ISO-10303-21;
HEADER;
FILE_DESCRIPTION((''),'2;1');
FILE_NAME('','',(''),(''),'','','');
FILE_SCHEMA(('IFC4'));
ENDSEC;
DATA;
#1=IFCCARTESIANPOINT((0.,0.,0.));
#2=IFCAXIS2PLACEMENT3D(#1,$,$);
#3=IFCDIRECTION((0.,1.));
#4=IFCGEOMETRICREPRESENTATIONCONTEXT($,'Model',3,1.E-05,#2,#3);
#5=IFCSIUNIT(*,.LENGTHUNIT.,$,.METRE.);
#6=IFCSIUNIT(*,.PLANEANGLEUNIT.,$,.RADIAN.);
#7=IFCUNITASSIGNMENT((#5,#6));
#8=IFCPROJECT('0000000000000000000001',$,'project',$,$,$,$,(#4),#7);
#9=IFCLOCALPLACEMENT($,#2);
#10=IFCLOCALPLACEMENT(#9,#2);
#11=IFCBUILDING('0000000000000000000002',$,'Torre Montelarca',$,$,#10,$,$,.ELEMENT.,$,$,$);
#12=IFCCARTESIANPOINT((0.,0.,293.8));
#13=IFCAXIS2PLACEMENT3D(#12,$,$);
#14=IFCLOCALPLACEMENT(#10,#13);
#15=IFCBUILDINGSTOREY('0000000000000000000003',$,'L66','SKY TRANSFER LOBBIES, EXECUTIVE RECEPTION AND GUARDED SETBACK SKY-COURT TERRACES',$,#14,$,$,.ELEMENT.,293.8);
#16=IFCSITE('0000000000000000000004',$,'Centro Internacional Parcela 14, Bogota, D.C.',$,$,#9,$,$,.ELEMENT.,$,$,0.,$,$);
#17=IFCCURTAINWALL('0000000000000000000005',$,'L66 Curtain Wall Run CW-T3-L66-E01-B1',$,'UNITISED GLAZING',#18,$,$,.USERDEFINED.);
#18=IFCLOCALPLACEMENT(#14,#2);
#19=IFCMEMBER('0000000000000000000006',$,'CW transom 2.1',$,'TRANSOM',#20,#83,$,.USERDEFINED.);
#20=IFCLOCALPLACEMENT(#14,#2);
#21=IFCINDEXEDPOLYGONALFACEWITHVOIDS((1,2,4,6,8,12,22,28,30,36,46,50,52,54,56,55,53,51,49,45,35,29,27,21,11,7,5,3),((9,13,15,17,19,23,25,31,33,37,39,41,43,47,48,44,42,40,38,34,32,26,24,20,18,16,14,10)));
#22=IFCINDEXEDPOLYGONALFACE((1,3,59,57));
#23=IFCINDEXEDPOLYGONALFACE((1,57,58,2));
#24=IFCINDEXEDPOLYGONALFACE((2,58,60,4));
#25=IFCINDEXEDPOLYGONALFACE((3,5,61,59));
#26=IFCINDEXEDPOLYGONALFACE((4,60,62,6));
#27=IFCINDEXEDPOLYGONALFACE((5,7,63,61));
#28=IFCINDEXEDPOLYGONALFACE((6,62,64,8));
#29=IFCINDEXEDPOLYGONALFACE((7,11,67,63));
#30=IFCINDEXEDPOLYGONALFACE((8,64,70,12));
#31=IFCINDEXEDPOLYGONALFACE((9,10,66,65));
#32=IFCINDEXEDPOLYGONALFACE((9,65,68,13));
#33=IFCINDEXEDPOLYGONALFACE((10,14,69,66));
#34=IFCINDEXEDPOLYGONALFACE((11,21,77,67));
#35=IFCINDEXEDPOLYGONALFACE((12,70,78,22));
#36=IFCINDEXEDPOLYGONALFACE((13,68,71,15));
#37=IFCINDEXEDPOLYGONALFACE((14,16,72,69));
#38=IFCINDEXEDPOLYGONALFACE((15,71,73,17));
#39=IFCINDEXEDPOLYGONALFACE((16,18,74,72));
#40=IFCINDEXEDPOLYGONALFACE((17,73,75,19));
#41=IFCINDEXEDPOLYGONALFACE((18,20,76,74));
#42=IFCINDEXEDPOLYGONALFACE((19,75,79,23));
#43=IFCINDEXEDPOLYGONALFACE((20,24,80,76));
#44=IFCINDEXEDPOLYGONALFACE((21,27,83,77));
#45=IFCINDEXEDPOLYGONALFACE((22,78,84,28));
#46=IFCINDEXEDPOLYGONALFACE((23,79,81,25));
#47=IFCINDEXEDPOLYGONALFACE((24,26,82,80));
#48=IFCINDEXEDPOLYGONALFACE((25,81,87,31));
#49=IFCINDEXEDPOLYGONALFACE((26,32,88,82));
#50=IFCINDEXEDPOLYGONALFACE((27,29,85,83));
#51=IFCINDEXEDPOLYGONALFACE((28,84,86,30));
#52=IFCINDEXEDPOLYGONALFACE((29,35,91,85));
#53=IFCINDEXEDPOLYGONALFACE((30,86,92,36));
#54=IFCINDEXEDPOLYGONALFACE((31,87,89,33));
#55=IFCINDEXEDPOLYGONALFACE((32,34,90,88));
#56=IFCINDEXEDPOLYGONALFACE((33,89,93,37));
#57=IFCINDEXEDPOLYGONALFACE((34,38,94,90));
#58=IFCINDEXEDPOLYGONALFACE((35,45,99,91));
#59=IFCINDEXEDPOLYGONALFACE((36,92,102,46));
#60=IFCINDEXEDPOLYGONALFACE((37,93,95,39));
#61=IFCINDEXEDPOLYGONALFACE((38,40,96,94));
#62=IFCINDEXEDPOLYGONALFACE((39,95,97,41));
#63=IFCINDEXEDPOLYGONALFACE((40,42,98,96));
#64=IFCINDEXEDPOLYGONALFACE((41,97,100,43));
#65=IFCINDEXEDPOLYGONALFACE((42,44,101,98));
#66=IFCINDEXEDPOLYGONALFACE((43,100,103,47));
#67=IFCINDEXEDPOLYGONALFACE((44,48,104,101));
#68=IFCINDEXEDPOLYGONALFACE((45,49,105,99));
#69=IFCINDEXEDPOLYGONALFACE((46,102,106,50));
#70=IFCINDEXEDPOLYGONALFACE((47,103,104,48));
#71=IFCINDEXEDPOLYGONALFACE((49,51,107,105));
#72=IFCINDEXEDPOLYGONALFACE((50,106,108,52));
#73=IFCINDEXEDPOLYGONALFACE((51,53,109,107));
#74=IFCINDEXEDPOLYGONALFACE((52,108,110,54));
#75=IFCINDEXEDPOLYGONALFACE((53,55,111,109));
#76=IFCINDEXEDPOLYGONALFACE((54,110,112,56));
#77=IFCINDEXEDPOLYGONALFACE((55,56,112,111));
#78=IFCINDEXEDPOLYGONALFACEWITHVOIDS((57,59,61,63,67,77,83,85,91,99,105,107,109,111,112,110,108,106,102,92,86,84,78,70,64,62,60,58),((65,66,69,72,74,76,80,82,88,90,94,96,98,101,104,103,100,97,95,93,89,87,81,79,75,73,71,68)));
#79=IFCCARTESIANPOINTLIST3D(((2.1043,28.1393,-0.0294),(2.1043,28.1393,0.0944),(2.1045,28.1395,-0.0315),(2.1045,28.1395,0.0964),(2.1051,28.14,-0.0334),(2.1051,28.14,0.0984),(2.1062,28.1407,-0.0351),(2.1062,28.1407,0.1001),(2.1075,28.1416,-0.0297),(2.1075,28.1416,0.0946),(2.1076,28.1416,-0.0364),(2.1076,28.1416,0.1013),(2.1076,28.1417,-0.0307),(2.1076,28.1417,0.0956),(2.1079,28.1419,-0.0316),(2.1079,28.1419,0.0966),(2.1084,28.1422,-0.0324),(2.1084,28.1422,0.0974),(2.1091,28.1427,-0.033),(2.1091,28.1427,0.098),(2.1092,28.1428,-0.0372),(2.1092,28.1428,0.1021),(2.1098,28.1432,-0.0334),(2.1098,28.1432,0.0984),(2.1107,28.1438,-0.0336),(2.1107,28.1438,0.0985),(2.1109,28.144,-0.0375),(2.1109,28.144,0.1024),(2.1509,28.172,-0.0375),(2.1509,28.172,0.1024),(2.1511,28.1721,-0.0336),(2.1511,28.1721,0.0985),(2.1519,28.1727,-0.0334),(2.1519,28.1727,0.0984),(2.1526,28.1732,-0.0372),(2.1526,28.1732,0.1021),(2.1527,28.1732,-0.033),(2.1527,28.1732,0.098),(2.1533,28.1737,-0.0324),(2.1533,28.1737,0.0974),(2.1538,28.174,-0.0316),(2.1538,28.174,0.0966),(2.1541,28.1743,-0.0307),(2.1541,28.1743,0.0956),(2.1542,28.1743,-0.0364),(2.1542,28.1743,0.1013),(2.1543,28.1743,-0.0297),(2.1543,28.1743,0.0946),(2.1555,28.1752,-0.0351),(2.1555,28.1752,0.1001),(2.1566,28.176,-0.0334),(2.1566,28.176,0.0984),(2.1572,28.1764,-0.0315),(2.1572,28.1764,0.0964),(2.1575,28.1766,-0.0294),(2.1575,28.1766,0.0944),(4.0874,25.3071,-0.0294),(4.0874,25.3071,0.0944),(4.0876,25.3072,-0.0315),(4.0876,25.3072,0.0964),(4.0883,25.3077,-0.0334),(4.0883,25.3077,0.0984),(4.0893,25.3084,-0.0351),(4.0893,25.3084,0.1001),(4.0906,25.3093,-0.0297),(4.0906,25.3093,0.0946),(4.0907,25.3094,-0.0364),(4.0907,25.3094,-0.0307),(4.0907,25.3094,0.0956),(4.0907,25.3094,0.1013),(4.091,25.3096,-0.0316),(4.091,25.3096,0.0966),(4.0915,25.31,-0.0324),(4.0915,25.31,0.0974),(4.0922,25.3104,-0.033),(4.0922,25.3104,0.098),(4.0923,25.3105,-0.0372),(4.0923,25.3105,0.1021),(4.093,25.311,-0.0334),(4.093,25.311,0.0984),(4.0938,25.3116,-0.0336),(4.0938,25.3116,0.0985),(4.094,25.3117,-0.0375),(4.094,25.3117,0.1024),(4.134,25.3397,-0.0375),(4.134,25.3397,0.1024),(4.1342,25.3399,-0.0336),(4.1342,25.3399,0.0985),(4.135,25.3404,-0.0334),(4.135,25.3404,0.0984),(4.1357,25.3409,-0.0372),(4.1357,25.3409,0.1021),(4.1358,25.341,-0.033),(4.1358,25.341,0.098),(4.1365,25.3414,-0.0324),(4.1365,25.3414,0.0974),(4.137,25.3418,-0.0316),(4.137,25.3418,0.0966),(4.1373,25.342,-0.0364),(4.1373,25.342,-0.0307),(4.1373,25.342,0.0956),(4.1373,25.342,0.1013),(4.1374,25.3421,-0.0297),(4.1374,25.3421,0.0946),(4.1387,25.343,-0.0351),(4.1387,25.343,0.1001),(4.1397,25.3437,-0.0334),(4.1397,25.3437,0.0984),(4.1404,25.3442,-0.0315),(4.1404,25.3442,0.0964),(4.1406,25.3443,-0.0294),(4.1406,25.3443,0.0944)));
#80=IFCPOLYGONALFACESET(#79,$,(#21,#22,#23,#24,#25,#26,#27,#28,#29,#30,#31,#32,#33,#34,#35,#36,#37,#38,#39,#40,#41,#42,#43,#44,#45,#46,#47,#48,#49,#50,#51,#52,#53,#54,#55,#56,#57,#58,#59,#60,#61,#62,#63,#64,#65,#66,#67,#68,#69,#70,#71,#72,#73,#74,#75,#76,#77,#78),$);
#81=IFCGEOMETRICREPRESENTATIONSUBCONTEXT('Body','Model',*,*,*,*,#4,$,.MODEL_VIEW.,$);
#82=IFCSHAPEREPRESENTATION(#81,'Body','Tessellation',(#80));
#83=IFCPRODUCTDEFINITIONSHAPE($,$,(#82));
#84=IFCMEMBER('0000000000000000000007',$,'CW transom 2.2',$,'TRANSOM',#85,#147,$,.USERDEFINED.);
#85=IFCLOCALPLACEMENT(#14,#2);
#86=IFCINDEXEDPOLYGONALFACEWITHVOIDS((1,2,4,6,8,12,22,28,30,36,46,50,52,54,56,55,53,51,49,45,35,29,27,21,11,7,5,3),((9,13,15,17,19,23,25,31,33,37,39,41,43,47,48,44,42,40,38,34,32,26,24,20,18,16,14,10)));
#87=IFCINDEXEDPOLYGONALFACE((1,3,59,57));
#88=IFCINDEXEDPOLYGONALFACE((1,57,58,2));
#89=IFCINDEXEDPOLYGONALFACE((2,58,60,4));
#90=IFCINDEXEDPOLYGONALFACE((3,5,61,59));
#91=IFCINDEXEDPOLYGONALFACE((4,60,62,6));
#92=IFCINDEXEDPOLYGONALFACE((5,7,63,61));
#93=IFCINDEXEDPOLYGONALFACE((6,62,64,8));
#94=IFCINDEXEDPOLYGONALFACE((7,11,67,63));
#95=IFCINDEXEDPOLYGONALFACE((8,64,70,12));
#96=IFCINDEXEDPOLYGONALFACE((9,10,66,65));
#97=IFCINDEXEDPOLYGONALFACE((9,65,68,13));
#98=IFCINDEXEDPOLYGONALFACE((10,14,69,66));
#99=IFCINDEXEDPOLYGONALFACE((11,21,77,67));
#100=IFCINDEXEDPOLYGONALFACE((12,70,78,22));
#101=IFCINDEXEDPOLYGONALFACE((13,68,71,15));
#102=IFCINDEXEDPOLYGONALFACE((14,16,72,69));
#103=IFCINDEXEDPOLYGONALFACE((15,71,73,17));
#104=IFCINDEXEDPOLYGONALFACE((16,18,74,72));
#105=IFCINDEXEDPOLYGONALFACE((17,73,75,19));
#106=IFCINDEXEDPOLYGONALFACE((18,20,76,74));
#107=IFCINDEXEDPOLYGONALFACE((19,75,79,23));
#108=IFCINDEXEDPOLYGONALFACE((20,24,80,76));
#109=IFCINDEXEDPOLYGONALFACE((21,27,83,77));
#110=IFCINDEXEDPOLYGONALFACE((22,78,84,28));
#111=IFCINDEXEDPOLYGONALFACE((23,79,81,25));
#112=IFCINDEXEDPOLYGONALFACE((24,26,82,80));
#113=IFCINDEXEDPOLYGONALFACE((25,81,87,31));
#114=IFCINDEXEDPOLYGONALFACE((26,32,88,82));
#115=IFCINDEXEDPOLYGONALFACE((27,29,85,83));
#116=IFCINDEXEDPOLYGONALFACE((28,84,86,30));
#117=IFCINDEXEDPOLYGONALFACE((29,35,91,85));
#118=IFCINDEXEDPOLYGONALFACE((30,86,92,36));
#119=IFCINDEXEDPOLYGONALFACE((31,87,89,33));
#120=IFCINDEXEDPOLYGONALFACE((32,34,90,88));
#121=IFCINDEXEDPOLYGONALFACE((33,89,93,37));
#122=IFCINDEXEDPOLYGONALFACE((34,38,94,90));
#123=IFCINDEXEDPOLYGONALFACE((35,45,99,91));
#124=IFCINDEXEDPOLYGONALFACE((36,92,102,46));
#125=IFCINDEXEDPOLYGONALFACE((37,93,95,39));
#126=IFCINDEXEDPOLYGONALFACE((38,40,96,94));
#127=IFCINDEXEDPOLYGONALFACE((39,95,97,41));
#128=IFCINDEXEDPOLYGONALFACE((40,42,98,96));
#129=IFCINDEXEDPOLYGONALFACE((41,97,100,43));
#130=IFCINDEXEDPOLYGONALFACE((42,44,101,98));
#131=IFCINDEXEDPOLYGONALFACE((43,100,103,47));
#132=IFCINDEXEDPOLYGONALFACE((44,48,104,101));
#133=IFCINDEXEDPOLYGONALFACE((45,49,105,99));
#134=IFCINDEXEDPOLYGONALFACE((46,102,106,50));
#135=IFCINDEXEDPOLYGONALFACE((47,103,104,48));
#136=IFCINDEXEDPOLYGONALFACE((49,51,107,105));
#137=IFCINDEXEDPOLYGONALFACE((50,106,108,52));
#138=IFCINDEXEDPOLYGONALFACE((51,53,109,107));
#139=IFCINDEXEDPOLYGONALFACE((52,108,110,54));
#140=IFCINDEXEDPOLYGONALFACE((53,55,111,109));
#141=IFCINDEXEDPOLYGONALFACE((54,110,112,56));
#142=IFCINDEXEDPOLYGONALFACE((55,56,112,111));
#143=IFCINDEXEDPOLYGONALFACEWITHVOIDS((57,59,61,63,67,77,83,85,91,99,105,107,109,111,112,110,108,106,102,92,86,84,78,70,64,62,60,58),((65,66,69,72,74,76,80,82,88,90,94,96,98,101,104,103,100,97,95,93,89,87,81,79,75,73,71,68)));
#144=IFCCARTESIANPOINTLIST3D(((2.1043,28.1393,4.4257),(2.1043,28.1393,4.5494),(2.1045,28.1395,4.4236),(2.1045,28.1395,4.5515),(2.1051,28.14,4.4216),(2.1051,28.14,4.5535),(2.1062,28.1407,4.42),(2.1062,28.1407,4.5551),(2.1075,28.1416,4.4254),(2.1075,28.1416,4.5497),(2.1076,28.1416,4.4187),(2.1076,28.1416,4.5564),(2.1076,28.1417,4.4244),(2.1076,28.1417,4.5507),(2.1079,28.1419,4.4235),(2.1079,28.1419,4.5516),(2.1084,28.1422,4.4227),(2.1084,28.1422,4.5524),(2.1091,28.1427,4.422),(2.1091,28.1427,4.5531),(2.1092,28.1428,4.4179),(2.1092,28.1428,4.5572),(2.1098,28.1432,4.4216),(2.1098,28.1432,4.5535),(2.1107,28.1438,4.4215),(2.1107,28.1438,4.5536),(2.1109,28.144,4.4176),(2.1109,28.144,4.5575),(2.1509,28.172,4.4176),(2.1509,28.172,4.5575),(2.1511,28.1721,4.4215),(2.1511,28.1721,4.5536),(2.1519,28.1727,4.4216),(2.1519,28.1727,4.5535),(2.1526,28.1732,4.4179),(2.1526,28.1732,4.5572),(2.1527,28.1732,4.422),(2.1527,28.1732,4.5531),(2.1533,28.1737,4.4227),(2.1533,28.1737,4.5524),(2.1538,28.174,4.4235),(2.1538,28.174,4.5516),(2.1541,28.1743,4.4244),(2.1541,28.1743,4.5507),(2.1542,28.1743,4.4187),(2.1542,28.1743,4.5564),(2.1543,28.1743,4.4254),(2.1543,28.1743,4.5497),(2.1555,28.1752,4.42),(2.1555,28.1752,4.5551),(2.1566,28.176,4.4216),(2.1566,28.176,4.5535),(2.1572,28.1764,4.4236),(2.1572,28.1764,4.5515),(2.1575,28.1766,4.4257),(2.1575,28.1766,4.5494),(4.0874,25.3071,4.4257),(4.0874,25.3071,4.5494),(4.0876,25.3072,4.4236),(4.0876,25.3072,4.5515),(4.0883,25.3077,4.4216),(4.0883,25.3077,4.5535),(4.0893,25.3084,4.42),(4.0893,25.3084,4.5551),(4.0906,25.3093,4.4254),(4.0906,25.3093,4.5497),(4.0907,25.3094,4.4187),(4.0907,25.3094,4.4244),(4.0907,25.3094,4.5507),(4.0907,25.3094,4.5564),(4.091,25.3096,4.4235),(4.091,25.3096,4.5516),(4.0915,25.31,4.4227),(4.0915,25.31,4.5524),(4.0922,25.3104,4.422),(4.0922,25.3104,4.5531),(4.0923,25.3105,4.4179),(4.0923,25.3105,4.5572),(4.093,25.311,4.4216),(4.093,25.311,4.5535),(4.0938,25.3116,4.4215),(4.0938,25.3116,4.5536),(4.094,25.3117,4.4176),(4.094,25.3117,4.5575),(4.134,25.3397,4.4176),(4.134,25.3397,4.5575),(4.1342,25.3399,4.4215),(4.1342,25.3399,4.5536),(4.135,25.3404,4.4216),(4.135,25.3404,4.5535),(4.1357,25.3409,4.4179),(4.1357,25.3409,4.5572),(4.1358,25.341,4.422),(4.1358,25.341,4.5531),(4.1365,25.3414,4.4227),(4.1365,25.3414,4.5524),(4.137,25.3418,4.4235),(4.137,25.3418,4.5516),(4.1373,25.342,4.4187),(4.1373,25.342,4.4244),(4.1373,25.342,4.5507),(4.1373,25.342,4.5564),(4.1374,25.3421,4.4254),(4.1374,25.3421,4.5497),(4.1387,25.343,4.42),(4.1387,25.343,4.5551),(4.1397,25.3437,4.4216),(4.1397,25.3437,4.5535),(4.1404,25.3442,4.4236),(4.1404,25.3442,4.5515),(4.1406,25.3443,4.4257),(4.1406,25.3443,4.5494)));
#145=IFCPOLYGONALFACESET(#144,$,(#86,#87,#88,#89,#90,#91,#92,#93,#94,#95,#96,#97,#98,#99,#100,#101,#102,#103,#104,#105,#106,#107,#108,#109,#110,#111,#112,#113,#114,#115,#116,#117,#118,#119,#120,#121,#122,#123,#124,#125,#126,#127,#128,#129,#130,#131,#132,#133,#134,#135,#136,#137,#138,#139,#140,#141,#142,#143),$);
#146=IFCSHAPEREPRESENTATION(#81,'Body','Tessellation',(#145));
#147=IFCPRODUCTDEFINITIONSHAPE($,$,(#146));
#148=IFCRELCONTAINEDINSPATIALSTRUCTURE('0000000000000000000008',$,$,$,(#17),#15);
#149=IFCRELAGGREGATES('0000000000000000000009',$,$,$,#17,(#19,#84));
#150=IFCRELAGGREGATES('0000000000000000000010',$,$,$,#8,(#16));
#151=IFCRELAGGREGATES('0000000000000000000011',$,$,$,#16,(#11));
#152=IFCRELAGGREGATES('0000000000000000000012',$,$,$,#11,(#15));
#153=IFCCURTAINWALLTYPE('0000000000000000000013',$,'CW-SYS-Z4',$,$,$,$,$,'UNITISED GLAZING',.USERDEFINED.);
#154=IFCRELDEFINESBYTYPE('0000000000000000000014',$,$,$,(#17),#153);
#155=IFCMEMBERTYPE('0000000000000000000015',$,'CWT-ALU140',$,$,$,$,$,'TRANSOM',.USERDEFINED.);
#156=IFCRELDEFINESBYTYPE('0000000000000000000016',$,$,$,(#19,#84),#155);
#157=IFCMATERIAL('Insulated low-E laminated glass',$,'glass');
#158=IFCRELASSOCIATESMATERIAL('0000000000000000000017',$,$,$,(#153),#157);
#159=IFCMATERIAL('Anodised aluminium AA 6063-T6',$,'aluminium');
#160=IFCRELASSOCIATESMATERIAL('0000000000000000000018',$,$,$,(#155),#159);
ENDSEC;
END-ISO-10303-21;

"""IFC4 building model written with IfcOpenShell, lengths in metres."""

from ifc_helpers import new_model, si_unit, direction, frame, origin, origin_2d, place, context, subcontext, project, spatial, hollow_rectangle, extrude, source, transform, mapped, material, material_profile, profile_set, type_object, element, aggregate, save


model = new_model("IFC4")

# Units and contexts
model_context = context("Model", 3, precision=1e-05, world=origin(), true_north=direction((0.0, 1.0)))
body_context = subcontext(model_context, "Body", "Model", "MODEL_VIEW")
ifc_project = project(units=[si_unit("LENGTHUNIT", "METRE"), si_unit("PLANEANGLEUNIT", "RADIAN")], contexts=[model_context])

# Site, building, storey
site_placement = place(None, origin())
site = spatial("IfcSite", under=ifc_project, at=site_placement, Name="Centro Internacional Parcela 14, Bogota, D.C.", CompositionType="ELEMENT", RefElevation=0.0)
building_placement = place(site_placement, origin())
building = spatial("IfcBuilding", under=site, at=building_placement, Name="Torre Montelarca", CompositionType="ELEMENT")
storey_placement = place(building_placement, frame((0.0, 0.0, 293.8)))
storey = spatial("IfcBuildingStorey", under=building, at=storey_placement, Name="L66", Description="SKY TRANSFER LOBBIES, EXECUTIVE RECEPTION AND GUARDED SETBACK SKY-COURT TERRACES", CompositionType="ELEMENT", Elevation=293.8)

# Curtain wall
ifc_material_1 = material(Name="Insulated low-E laminated glass", Category="glass")
curtain_wall_type = type_object("IfcCurtainWallType", Name="CW-SYS-Z4", ElementType="UNITISED GLAZING", PredefinedType="USERDEFINED", material=ifc_material_1)
curtain_wall_1_placement = place(storey_placement, origin())
curtain_wall_1 = element("IfcCurtainWall", 1, at=curtain_wall_1_placement, inside=storey, type_object=curtain_wall_type, Name="L66 Curtain Wall Run CW-T3-L66-E01-B1", ObjectType="UNITISED GLAZING", PredefinedType="USERDEFINED")
ifc_material_2 = material(Name="Anodised aluminium AA 6063-T6", Category="aluminium")

# Members
ifc_material_profile_1 = material_profile(ifc_material_2, hollow_rectangle(XDim=0.0649, YDim=0.1399, WallThickness=0.0039, InnerFilletRadius=0.0039, OuterFilletRadius=0.0081, at=origin_2d()), Name="ALU65X140X4", Category="aluminium")
ifc_profile_set_1 = profile_set([ifc_material_profile_1], Name="Anodised aluminium AA 6063-T6")
member_type_1 = type_object("IfcMemberType", Name="CWT-ALU140", ElementType="TRANSOM", PredefinedType="USERDEFINED", material=ifc_profile_set_1)
shared_shape_1 = source(origin(), body_context, "Body", "SweptSolid", [
    extrude(hollow_rectangle(XDim=0.0649, YDim=0.1399, WallThickness=0.0039, InnerFilletRadius=0.0039, OuterFilletRadius=0.0081, at=origin_2d()), origin(), (0.0, 0.0, 1.0), 3.4575),
])
member_1_placement = place(storey_placement, frame((2.1309, 28.158, 0.0325), z_axis=(0.573571, -0.819156, 0.0), x_axis=(0.819156, 0.573571, 0.0)))
member_1 = element("IfcMember", 2, at=member_1_placement, type_object=member_type_1, Name="CW transom 2.1", ObjectType="TRANSOM", PredefinedType="USERDEFINED", context=body_context, shape_type="MappedRepresentation", body=[
    mapped(shared_shape_1, transform((0.0, 0.0, 0.0), scale=1.0)),
])
member_2_placement = place(storey_placement, frame((2.1309, 28.158, 4.4875), z_axis=(0.573571, -0.819156, 0.0), x_axis=(0.819156, 0.573571, 0.0)))
member_2 = element("IfcMember", 3, at=member_2_placement, type_object=member_type_1, Name="CW transom 2.2", ObjectType="TRANSOM", PredefinedType="USERDEFINED", context=body_context, shape_type="MappedRepresentation", body=[
    mapped(shared_shape_1, transform((0.0, 0.0, 0.0), scale=1.0)),
])

aggregate(curtain_wall_1, [member_1, member_2])

save(model, "model.ifc")
